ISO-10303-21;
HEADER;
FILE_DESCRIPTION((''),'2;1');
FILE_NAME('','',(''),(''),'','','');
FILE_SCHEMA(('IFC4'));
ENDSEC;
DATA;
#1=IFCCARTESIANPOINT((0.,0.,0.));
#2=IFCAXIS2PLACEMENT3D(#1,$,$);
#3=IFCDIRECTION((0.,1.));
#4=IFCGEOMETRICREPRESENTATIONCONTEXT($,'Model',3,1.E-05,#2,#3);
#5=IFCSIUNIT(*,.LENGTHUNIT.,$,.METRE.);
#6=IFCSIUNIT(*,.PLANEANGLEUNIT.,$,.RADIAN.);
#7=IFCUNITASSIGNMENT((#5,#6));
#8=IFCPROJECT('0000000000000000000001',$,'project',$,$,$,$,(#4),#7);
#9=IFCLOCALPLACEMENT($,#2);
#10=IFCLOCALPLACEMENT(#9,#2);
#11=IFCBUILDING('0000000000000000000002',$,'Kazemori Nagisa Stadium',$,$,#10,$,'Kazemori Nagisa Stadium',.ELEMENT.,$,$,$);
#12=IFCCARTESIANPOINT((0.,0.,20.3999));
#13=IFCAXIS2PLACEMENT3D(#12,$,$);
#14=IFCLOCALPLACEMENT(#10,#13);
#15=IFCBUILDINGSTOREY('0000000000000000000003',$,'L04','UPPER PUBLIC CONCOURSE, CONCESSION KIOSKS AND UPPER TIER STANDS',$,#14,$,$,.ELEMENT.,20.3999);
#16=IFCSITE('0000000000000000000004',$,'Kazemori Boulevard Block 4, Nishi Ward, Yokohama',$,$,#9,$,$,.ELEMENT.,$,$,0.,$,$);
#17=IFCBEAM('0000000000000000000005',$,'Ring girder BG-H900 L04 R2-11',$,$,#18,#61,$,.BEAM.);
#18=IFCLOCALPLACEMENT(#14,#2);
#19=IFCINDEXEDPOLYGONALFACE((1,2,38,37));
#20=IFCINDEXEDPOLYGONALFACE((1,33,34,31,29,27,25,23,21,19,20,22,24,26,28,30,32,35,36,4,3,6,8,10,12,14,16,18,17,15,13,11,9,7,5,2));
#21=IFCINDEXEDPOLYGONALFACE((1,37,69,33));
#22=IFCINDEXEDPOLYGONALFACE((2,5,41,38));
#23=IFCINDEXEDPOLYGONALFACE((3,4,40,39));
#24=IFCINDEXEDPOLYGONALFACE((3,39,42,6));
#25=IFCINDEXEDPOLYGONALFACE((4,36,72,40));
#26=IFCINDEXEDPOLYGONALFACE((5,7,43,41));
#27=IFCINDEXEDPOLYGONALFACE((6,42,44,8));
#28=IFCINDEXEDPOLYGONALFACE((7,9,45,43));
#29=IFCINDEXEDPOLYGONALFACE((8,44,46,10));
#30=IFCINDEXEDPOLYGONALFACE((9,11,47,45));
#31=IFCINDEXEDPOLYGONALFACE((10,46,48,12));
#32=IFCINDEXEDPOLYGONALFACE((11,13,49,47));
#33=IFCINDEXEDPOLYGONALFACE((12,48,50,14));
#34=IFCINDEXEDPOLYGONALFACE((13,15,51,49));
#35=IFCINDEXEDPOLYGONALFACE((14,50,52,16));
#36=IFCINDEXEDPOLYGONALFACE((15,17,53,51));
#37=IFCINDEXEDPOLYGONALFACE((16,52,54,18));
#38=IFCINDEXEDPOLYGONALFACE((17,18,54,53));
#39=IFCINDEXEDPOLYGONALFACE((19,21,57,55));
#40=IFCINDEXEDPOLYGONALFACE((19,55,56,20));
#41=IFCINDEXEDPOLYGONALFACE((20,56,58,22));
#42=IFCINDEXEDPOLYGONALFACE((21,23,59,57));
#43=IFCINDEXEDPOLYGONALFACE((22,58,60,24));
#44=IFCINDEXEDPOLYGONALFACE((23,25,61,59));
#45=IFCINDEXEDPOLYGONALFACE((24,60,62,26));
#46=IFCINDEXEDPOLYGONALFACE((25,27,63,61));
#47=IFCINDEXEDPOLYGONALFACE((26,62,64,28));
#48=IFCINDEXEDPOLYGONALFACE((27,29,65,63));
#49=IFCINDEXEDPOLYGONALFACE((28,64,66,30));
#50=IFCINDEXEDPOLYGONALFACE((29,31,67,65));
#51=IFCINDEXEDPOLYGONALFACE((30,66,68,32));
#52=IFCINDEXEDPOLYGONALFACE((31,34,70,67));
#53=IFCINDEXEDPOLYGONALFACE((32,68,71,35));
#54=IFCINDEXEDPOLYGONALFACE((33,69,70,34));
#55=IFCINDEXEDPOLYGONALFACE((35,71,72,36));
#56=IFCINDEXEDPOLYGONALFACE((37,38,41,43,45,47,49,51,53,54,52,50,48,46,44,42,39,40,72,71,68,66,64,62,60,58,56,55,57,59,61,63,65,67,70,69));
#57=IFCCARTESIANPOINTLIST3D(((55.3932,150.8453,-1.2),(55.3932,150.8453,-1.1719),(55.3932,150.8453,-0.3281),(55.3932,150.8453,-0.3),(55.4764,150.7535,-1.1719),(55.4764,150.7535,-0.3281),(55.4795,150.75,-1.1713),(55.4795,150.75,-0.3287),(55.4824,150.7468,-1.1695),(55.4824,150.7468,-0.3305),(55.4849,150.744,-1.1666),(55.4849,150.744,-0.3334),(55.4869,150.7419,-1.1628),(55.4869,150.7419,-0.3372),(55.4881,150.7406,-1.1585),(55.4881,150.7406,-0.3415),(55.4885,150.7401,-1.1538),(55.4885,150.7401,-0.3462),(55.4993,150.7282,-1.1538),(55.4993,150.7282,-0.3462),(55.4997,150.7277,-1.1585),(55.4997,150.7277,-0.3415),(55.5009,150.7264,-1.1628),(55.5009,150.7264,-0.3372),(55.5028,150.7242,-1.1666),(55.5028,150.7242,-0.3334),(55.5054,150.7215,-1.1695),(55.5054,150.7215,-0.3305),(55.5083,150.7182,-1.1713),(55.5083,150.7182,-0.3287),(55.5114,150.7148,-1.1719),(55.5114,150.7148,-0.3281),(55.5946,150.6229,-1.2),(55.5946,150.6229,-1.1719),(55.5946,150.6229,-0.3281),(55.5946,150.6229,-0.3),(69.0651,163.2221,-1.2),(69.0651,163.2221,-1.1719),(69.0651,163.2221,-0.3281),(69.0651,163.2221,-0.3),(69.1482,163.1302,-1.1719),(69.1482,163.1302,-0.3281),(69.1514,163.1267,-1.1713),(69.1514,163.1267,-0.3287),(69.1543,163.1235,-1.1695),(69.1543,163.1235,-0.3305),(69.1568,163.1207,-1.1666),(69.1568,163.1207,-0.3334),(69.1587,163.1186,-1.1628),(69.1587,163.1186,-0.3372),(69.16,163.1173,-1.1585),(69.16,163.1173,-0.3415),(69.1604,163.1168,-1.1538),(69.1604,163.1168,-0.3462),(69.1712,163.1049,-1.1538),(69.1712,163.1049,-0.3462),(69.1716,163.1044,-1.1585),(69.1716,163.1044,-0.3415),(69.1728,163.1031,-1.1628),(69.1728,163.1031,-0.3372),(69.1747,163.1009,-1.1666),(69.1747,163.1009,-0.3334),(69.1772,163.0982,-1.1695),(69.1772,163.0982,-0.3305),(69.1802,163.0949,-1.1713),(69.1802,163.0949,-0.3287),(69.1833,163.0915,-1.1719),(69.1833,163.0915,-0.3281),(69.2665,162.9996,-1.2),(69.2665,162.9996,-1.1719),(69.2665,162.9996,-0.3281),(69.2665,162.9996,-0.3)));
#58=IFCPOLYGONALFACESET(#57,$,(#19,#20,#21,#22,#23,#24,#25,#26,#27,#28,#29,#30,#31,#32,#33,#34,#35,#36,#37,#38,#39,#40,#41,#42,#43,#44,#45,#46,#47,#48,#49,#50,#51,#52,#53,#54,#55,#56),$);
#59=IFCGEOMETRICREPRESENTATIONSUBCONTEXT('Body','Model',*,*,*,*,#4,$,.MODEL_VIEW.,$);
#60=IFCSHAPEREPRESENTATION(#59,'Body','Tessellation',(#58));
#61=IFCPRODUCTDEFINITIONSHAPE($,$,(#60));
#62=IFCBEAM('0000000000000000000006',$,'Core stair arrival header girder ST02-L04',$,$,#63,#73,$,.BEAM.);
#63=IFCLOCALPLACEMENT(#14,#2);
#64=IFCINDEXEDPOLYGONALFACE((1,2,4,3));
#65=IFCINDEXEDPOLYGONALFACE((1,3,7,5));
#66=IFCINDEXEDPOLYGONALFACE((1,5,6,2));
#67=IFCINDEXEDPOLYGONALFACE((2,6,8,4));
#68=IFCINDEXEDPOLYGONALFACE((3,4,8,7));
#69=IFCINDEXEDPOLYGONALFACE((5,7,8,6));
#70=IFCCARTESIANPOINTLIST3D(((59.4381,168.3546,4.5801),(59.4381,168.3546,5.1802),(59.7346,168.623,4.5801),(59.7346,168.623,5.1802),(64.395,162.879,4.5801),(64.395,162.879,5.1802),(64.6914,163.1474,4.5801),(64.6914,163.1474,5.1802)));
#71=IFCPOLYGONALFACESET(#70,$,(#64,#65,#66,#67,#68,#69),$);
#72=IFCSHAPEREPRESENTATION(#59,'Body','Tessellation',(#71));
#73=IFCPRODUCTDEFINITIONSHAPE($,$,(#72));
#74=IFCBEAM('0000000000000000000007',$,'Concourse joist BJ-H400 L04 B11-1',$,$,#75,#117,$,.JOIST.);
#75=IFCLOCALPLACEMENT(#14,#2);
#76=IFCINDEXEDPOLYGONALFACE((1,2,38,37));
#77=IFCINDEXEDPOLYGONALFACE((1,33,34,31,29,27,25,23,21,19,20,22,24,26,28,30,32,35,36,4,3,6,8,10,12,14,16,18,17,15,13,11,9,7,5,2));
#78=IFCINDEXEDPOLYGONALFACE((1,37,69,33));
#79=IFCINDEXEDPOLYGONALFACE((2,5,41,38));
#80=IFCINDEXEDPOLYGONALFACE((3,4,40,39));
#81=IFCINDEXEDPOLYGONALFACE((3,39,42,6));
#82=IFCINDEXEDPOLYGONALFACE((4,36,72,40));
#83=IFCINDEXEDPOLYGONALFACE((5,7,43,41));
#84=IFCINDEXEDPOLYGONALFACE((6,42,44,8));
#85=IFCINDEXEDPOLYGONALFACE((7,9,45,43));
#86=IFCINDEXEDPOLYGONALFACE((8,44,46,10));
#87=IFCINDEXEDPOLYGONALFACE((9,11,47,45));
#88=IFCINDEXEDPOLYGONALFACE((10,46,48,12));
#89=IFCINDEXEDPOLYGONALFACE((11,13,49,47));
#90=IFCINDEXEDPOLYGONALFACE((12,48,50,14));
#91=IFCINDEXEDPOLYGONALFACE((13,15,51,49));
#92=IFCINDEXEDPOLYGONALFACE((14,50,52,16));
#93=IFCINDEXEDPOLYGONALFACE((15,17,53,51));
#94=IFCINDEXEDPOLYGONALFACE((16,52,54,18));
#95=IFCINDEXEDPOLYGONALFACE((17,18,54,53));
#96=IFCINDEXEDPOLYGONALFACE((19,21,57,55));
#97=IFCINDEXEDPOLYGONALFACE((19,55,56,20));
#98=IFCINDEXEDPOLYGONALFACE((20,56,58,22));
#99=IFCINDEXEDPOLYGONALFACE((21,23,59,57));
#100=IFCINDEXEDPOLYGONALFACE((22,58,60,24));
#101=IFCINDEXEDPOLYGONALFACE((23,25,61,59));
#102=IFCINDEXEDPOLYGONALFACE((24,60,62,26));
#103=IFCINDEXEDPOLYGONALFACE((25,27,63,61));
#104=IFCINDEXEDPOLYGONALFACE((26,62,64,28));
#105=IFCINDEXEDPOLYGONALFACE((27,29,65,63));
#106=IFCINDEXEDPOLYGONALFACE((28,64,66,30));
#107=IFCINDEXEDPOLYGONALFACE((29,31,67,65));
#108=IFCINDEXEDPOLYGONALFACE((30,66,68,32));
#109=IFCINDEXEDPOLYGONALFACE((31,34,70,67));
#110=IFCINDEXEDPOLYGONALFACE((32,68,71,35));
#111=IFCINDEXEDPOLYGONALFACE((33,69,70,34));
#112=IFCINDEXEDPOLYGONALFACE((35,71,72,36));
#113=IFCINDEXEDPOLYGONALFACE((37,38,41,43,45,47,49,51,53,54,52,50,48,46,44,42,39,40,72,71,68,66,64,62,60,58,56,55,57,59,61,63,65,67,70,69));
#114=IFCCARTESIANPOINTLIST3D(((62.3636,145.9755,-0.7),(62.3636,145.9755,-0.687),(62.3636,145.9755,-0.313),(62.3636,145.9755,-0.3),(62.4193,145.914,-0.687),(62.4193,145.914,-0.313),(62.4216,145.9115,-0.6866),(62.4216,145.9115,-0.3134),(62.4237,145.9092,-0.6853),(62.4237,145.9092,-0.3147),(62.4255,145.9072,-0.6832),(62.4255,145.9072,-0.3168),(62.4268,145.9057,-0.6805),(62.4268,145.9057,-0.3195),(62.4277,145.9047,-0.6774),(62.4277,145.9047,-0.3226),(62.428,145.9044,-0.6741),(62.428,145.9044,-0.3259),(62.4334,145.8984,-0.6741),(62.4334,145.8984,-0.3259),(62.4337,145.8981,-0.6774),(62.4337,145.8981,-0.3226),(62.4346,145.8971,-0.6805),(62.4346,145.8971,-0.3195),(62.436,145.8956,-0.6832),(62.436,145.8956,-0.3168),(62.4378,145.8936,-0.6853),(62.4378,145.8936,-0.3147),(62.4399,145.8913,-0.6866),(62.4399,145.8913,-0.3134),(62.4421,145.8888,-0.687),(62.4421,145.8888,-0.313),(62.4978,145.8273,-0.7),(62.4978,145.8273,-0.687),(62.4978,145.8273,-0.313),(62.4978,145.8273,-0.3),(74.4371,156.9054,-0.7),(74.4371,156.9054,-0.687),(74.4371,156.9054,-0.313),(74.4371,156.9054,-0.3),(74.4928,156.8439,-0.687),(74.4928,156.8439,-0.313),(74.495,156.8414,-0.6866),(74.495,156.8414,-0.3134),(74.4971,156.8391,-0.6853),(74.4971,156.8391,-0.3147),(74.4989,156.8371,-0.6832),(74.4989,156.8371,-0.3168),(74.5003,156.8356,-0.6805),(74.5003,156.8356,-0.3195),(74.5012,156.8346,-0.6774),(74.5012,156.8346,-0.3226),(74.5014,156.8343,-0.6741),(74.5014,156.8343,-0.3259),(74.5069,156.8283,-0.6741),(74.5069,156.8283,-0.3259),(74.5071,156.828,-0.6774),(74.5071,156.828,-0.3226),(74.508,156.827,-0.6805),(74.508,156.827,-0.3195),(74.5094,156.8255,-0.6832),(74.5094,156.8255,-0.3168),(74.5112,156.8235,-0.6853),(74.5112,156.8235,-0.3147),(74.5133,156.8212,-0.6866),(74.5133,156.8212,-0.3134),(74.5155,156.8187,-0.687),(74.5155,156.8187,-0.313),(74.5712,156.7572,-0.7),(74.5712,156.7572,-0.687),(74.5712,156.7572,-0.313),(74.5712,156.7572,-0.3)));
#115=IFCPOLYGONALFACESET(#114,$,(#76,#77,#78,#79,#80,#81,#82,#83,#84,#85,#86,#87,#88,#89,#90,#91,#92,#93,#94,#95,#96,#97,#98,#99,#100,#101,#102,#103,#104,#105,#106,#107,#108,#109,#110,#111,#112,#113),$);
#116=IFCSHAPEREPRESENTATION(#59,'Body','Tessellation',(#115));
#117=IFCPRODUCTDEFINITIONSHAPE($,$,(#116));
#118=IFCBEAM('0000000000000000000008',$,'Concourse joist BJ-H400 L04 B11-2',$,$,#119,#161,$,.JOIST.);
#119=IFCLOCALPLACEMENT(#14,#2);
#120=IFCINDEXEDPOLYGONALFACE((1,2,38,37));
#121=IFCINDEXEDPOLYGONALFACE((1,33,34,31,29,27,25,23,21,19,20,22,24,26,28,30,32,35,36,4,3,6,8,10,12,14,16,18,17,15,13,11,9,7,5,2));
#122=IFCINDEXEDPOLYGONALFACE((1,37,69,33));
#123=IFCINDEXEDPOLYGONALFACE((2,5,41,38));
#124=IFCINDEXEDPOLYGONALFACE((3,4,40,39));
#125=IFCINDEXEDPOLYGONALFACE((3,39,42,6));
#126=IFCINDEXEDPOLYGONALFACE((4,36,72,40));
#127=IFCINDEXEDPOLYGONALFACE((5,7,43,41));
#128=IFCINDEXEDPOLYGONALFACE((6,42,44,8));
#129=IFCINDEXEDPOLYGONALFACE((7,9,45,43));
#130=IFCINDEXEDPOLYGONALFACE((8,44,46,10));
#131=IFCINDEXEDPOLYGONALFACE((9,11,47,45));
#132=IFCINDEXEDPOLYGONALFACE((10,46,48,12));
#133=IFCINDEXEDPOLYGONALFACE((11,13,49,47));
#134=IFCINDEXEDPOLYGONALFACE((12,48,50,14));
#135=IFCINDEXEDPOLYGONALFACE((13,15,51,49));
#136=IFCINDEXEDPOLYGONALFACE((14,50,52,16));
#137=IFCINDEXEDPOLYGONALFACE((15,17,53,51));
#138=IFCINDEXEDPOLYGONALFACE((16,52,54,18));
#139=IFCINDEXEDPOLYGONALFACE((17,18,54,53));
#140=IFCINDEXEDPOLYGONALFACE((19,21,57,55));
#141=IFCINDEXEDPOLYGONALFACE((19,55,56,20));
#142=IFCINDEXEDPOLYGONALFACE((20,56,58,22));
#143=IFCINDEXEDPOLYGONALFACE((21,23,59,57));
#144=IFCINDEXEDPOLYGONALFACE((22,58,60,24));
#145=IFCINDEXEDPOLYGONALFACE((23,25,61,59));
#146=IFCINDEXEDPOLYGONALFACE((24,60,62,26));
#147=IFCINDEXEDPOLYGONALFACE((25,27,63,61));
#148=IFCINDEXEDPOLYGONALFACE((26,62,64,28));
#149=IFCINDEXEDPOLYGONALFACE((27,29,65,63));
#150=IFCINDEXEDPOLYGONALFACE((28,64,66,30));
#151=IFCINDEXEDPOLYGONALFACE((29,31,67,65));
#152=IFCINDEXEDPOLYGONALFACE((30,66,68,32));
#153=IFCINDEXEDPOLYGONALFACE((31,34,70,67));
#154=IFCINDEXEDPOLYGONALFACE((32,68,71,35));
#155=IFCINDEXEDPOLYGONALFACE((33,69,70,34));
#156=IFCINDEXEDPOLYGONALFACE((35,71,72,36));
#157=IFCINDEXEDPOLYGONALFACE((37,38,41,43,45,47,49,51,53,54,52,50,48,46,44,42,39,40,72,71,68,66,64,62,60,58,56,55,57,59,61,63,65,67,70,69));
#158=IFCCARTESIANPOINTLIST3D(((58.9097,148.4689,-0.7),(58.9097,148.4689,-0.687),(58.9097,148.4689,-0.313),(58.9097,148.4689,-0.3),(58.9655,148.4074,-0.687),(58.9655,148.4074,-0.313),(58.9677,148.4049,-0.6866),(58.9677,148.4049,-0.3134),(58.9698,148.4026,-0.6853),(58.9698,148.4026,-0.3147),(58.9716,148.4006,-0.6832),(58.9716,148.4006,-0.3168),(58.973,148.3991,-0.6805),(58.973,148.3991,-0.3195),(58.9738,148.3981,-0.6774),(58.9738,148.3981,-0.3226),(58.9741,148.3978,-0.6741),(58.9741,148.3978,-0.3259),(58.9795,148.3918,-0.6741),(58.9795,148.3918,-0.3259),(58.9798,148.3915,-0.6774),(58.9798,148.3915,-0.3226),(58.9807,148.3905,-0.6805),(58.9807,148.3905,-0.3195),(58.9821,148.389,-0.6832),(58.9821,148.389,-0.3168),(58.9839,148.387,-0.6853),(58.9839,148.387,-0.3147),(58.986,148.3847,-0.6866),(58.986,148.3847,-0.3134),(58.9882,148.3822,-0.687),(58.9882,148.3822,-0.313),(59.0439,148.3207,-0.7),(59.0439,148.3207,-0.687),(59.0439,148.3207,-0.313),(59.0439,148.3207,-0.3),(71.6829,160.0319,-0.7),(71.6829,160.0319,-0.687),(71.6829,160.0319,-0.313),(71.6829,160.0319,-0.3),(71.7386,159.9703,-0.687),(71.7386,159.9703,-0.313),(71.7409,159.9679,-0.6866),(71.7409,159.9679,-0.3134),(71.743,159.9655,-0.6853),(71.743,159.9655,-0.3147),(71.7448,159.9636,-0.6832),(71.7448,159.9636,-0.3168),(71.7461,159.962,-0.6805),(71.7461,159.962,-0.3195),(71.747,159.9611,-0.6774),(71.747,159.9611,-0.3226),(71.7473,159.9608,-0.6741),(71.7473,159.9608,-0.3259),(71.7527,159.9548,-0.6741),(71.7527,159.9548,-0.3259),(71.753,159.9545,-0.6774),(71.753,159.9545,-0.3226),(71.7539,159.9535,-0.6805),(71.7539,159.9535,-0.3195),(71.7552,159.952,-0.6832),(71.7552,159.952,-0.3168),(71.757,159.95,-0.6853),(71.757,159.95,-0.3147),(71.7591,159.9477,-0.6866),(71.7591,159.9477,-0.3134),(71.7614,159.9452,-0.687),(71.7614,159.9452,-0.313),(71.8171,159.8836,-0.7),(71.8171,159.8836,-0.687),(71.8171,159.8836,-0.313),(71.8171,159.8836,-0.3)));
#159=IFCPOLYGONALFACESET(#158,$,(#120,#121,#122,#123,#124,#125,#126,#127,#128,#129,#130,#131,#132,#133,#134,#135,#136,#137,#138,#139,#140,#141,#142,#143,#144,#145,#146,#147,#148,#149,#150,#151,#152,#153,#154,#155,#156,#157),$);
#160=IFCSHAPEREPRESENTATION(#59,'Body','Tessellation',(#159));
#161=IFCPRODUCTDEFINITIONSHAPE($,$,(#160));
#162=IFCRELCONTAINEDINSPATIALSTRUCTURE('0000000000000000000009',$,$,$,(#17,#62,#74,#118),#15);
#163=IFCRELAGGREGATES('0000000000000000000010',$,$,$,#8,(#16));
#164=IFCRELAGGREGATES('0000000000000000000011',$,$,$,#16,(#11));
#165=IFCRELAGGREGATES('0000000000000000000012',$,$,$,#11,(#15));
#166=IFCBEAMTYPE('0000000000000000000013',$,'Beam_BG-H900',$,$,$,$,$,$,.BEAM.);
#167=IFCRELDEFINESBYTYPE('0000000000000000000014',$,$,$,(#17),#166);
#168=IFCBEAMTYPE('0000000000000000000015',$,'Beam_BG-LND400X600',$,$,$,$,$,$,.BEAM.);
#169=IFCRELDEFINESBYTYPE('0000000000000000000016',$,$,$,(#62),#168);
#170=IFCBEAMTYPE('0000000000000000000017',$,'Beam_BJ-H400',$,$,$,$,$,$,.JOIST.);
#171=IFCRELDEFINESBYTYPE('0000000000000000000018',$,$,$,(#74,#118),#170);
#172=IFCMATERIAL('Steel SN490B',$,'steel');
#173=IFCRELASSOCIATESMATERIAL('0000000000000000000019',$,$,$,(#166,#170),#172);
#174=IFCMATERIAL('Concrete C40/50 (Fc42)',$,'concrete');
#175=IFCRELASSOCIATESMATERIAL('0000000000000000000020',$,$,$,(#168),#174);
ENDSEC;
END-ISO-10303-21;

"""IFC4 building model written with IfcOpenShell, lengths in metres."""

from ifc_helpers import new_model, si_unit, direction, frame, origin, origin_2d, place, context, subcontext, project, spatial, rectangle, i_section, extrude, material, material_profile, profile_set, type_object, element, save


model = new_model("IFC4")

# Units and contexts
model_context = context("Model", 3, precision=1e-05, world=origin(), true_north=direction((0.0, 1.0)))
body_context = subcontext(model_context, "Body", "Model", "MODEL_VIEW")
ifc_project = project(units=[si_unit("LENGTHUNIT", "METRE"), si_unit("PLANEANGLEUNIT", "RADIAN")], contexts=[model_context])

# Site, building, storey
site_placement = place(None, origin())
site = spatial("IfcSite", under=ifc_project, at=site_placement, Name="Kazemori Boulevard Block 4, Nishi Ward, Yokohama", CompositionType="ELEMENT", RefElevation=0.0)
building_placement = place(site_placement, origin())
building = spatial("IfcBuilding", under=site, at=building_placement, Name="Kazemori Nagisa Stadium", LongName="Kazemori Nagisa Stadium", CompositionType="ELEMENT")
storey_placement = place(building_placement, frame((0.0, 0.0, 20.3999)))
storey = spatial("IfcBuildingStorey", under=building, at=storey_placement, Name="L04", Description="UPPER PUBLIC CONCOURSE, CONCESSION KIOSKS AND UPPER TIER STANDS", CompositionType="ELEMENT", Elevation=20.3999)

# Beams
ifc_material_1 = material(Name="Steel SN490B", Category="steel")
ifc_material_profile_1 = material_profile(ifc_material_1, i_section(OverallWidth=0.3, OverallDepth=0.8999, WebThickness=0.0161, FlangeThickness=0.0281, FilletRadius=0.0181, at=origin_2d()), Name="H-900x300x16x28")
ifc_profile_set_1 = profile_set([ifc_material_profile_1], Name="Steel SN490B")
beam_type_1 = type_object("IfcBeamType", Name="Beam_BG-H900", PredefinedType="BEAM", material=ifc_profile_set_1)
beam_1_placement = place(storey_placement, frame((69.1658, 163.1108, -0.75), z_axis=(-0.741349, -0.67112, 0.0), x_axis=(0.67112, -0.741349, 0.0)))
element("IfcBeam", 1, at=beam_1_placement, inside=storey, type_object=beam_type_1, Name="Ring girder BG-H900 L04 R2-11", PredefinedType="BEAM", context=body_context, shape_type="SweptSolid", body=[
    extrude(i_section(OverallWidth=0.3, OverallDepth=0.8999, WebThickness=0.0161, FlangeThickness=0.0281, FilletRadius=0.0181, at=origin_2d()), origin(), (0.0, 0.0, 1.0), 18.4419),
])
ifc_material_2 = material(Name="Concrete C40/50 (Fc42)", Category="concrete")
ifc_material_profile_2 = material_profile(ifc_material_2, rectangle(XDim=0.3999, YDim=0.6001, at=origin_2d()), Name="RC-BM-400x600")
ifc_profile_set_2 = profile_set([ifc_material_profile_2], Name="Concrete C40/50 (Fc42)")
beam_type_2 = type_object("IfcBeamType", Name="Beam_BG-LND400X600", PredefinedType="BEAM", material=ifc_profile_set_2)
beam_2_placement = place(storey_placement, frame((64.5432, 163.0132, 4.8801), z_axis=(-0.671113, 0.741355, 0.0), x_axis=(-0.741355, -0.671113, 0.0)))
element("IfcBeam", 2, at=beam_2_placement, inside=storey, type_object=beam_type_2, Name="Core stair arrival header girder ST02-L04", PredefinedType="BEAM", context=body_context, shape_type="SweptSolid", body=[
    extrude(rectangle(XDim=0.3999, YDim=0.6001, at=origin_2d()), origin(), (0.0, 0.0, 1.0), 7.386),
])
ifc_material_profile_3 = material_profile(ifc_material_1, i_section(OverallWidth=0.2, OverallDepth=0.3999, WebThickness=0.0081, FlangeThickness=0.0129, FilletRadius=0.0129, at=origin_2d()), Name="H-400x200x8x13")
ifc_profile_set_3 = profile_set([ifc_material_profile_3], Name="Steel SN490B")
beam_type_3 = type_object("IfcBeamType", Name="Beam_BJ-H400", PredefinedType="JOIST", material=ifc_profile_set_3)
beam_3_placement = place(storey_placement, frame((74.5042, 156.8313, -0.5), z_axis=(-0.741343, -0.671126, 0.0), x_axis=(0.671126, -0.741343, 0.0)))
element("IfcBeam", 3, at=beam_3_placement, inside=storey, type_object=beam_type_3, Name="Concourse joist BJ-H400 L04 B11-1", PredefinedType="JOIST", context=body_context, shape_type="SweptSolid", body=[
    extrude(i_section(OverallWidth=0.2, OverallDepth=0.3999, WebThickness=0.0081, FlangeThickness=0.0129, FilletRadius=0.0129, at=origin_2d()), origin(), (0.0, 0.0, 1.0), 16.2859),
])
beam_4_placement = place(storey_placement, frame((71.75, 159.9578, -0.5), z_axis=(-0.741354, -0.671114, 0.0), x_axis=(0.671114, -0.741354, 0.0)))
element("IfcBeam", 4, at=beam_4_placement, inside=storey, type_object=beam_type_3, Name="Concourse joist BJ-H400 L04 B11-2", PredefinedType="JOIST", context=body_context, shape_type="SweptSolid", body=[
    extrude(i_section(OverallWidth=0.2, OverallDepth=0.3999, WebThickness=0.0081, FlangeThickness=0.0129, FilletRadius=0.0129, at=origin_2d()), origin(), (0.0, 0.0, 1.0), 17.2295),
])

save(model, "model.ifc")
